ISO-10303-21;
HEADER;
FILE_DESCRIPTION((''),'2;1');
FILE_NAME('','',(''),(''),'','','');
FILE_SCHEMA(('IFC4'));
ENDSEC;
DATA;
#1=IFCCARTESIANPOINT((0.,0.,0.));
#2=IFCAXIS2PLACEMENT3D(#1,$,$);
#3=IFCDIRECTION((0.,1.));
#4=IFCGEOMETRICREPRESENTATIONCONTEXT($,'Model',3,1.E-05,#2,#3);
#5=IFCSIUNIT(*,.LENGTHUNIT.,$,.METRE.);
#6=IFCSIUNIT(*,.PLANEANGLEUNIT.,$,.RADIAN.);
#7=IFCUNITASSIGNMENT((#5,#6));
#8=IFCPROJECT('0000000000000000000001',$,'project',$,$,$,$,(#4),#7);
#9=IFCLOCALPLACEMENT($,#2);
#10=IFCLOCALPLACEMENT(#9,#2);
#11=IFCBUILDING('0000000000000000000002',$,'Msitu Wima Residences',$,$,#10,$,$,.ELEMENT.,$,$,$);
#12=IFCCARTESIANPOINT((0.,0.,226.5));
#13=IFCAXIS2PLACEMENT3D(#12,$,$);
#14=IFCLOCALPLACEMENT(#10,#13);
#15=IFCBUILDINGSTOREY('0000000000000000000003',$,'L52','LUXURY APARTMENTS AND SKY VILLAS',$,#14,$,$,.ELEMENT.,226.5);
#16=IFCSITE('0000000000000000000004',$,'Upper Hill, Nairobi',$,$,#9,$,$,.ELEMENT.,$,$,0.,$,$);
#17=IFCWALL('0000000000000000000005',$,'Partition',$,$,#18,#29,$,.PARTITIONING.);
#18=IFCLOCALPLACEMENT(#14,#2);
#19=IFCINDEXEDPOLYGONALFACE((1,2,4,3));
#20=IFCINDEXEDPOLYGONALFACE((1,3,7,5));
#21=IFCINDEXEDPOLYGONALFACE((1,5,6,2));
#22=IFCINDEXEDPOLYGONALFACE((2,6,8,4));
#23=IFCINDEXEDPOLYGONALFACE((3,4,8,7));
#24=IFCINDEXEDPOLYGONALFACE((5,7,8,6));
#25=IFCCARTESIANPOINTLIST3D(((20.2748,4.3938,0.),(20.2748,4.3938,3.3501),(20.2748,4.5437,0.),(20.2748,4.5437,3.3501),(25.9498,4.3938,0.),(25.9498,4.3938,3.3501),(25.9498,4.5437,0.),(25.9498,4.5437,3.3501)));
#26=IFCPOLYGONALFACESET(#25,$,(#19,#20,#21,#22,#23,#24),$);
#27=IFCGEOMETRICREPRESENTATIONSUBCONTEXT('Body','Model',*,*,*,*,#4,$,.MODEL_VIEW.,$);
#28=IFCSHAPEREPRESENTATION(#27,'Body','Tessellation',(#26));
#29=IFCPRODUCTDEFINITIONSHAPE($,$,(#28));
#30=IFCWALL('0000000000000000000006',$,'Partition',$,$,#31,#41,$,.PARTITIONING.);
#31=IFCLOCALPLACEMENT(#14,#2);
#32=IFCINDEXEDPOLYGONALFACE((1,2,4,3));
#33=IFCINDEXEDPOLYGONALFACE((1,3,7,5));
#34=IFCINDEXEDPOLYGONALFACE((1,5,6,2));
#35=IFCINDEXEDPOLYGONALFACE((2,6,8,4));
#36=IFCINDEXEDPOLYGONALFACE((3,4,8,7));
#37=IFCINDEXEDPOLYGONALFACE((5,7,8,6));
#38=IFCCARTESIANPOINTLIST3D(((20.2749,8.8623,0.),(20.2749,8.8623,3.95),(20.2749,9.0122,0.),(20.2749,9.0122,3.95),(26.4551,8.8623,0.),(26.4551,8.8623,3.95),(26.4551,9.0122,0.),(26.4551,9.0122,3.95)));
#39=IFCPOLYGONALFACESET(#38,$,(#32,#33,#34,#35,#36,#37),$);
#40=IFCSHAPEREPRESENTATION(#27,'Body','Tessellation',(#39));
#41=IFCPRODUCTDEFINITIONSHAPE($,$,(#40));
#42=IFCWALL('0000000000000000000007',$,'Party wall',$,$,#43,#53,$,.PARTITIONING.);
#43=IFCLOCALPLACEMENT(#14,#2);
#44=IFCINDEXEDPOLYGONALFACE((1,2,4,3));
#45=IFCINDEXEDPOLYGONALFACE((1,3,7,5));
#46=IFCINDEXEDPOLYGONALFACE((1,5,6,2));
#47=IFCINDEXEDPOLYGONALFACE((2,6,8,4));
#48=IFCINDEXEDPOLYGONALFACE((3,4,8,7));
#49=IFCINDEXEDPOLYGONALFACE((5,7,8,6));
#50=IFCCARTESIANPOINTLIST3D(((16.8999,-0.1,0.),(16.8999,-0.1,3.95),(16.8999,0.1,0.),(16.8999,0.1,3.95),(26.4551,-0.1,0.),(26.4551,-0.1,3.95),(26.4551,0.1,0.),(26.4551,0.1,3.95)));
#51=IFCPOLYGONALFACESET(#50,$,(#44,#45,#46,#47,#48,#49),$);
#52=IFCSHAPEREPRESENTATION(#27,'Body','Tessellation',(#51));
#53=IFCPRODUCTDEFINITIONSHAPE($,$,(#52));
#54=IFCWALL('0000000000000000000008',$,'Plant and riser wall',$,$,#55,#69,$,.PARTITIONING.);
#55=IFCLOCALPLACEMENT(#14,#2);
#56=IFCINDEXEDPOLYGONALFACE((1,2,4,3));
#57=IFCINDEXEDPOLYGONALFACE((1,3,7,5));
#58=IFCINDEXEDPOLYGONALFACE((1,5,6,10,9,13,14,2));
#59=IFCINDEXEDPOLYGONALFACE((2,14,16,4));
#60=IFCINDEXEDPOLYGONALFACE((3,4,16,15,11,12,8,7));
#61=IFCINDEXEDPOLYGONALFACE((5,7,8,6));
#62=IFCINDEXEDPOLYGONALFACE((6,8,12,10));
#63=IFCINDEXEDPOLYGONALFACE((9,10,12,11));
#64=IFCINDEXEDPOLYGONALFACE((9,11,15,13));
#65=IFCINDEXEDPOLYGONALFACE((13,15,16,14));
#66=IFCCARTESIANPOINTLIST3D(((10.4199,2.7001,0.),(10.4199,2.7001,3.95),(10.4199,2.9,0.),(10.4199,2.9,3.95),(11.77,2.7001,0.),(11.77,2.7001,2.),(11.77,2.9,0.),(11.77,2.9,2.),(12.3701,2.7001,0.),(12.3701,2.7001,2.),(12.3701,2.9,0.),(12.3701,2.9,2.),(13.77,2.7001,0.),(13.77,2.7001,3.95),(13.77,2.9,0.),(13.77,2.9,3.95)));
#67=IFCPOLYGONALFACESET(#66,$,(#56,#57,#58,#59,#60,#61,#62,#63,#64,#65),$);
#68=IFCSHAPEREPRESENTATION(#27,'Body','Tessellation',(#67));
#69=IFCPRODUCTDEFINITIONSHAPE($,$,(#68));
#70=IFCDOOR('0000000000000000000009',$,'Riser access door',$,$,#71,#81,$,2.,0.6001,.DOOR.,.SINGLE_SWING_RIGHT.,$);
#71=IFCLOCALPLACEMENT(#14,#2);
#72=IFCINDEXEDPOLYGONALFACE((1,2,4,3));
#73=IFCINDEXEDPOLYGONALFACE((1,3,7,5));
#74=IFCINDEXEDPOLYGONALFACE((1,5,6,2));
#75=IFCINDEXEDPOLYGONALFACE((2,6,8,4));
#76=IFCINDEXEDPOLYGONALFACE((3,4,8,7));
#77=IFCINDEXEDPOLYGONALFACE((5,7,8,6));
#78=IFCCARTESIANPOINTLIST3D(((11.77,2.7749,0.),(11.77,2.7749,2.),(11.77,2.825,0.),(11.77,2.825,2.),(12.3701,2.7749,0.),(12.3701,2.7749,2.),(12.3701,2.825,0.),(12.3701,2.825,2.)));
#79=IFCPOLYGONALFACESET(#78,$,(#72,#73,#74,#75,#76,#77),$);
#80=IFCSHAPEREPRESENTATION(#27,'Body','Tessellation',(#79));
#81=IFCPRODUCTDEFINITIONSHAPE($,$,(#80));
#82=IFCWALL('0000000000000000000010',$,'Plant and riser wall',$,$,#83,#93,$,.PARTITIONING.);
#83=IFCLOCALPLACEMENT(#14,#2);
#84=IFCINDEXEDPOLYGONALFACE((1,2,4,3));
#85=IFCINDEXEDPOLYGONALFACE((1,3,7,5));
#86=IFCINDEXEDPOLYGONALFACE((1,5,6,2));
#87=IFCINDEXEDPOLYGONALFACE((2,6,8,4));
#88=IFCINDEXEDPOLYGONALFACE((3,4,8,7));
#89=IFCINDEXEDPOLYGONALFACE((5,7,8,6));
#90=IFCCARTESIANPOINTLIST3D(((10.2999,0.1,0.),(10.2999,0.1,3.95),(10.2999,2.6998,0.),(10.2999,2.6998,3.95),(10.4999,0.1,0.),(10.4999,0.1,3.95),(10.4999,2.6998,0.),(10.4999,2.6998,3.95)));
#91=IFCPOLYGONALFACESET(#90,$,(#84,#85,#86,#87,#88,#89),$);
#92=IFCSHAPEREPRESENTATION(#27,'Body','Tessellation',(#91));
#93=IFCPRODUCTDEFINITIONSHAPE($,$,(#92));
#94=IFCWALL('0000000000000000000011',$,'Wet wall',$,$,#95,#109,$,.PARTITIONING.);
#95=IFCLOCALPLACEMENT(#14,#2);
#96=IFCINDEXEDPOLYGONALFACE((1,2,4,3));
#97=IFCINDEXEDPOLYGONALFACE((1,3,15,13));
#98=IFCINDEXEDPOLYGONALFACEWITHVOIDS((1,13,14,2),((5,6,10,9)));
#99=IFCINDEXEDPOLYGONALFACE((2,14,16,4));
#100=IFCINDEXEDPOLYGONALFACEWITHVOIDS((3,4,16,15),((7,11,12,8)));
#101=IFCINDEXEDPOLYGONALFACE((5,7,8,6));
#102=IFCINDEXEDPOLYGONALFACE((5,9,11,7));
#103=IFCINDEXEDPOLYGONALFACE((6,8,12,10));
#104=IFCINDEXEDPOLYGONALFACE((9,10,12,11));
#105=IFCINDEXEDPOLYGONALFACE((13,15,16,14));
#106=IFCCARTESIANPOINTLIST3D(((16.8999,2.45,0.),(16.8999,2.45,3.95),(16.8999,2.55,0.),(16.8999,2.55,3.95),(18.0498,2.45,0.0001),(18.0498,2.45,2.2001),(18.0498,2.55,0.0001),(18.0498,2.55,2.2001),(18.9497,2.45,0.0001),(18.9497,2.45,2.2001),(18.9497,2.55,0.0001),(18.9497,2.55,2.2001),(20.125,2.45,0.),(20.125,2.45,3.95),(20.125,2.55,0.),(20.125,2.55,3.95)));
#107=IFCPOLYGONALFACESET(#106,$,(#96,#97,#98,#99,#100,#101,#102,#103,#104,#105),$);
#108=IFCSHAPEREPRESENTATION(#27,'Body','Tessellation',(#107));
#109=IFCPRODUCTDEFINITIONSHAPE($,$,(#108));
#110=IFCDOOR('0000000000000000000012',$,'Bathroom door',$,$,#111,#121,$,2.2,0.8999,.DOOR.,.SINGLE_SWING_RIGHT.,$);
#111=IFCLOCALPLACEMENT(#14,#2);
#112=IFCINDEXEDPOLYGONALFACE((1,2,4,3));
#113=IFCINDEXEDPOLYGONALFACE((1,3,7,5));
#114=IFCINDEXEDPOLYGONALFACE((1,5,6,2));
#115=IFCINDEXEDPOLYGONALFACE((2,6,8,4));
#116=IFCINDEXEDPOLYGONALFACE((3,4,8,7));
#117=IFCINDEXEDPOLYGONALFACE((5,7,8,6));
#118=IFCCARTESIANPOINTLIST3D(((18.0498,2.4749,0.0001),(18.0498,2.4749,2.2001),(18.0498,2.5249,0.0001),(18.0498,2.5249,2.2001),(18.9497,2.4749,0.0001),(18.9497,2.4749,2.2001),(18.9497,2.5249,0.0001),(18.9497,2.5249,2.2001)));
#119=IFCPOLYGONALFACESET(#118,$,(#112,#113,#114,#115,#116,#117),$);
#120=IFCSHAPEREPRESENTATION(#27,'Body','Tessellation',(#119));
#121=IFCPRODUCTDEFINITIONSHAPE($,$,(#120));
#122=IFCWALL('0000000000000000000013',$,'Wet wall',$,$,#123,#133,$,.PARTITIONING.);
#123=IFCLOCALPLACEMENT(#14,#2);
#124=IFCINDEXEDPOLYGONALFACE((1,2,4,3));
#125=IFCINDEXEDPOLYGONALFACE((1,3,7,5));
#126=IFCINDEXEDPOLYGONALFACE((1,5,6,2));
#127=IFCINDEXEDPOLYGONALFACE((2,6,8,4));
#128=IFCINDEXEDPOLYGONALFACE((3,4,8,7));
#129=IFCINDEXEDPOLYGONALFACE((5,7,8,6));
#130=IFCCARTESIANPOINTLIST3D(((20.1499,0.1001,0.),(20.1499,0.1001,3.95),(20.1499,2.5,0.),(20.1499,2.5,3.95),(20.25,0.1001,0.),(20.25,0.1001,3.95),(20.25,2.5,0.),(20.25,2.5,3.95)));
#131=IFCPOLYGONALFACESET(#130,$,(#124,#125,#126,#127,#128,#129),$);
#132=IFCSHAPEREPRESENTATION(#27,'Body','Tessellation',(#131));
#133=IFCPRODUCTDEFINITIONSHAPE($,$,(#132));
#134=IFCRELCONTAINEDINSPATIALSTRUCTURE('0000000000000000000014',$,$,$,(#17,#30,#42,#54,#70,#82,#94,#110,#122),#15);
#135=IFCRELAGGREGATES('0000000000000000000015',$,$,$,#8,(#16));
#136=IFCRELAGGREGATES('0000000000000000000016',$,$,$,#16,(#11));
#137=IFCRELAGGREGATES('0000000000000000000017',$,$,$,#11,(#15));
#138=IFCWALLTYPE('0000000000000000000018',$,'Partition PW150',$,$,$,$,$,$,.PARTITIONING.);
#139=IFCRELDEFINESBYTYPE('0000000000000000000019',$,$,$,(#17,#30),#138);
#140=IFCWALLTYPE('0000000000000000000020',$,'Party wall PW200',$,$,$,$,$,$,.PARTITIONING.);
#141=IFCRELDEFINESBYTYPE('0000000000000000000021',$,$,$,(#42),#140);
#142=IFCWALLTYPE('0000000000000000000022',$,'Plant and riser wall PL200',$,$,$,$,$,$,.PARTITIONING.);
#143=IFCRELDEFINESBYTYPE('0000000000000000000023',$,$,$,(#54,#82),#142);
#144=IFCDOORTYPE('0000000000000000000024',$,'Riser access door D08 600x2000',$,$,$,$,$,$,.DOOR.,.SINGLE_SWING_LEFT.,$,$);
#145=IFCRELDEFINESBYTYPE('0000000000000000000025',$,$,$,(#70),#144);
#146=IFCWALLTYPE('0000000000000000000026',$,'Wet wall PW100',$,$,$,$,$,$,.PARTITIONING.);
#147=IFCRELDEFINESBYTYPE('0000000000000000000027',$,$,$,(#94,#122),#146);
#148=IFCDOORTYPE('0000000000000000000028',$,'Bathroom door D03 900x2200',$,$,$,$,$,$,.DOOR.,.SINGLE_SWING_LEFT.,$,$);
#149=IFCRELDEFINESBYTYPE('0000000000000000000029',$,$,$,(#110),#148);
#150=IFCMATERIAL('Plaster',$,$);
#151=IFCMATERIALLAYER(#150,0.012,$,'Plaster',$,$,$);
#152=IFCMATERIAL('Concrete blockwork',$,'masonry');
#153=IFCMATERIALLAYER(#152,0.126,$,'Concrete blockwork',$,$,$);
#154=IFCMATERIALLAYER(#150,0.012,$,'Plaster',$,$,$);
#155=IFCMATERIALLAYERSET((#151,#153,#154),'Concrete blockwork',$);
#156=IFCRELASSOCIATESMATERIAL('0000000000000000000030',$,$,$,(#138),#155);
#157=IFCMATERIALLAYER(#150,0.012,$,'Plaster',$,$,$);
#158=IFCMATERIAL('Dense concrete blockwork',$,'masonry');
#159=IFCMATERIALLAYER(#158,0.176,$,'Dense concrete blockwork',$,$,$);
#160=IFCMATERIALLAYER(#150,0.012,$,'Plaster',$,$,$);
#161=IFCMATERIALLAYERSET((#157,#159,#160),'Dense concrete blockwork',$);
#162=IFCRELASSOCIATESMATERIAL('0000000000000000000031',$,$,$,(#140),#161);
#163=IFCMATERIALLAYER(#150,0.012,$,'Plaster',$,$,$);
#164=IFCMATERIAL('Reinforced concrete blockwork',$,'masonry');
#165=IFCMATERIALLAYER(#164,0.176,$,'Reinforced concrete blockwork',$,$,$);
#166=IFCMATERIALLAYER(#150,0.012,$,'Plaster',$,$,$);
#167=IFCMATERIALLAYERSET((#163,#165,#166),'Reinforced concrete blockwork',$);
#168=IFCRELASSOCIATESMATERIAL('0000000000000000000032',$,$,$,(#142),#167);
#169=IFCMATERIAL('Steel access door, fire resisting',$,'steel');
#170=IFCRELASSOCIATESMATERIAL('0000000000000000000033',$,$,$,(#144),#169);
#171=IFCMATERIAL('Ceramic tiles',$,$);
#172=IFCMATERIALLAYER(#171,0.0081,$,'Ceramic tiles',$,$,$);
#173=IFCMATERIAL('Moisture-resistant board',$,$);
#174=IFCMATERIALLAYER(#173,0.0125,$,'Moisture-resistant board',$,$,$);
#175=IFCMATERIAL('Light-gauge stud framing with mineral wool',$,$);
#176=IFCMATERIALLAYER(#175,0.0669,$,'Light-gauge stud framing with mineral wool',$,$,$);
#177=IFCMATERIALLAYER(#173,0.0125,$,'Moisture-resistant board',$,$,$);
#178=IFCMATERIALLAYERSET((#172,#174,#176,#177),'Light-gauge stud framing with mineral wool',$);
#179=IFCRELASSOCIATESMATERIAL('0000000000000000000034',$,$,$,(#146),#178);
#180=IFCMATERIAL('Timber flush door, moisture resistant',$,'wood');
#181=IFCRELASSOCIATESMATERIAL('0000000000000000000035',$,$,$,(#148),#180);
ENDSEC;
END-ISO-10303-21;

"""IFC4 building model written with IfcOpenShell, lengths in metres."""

from ifc_helpers import new_model, si_unit, direction, frame, frame_2d, origin, place, context, subcontext, project, spatial, rectangle, extrude, material, layer, layer_set, type_object, element, fill, save


model = new_model("IFC4")

# Units and contexts
model_context = context("Model", 3, precision=1e-05, world=origin(), true_north=direction((0.0, 1.0)))
body_context = subcontext(model_context, "Body", "Model", "MODEL_VIEW")
ifc_project = project(units=[si_unit("LENGTHUNIT", "METRE"), si_unit("PLANEANGLEUNIT", "RADIAN")], contexts=[model_context])

# Site, building, storey
site_placement = place(None, origin())
site = spatial("IfcSite", under=ifc_project, at=site_placement, Name="Upper Hill, Nairobi", CompositionType="ELEMENT", RefElevation=0.0)
building_placement = place(site_placement, origin())
building = spatial("IfcBuilding", under=site, at=building_placement, Name="Msitu Wima Residences", CompositionType="ELEMENT")
storey_placement = place(building_placement, frame((0.0, 0.0, 226.5)))
storey = spatial("IfcBuildingStorey", under=building, at=storey_placement, Name="L52", Description="LUXURY APARTMENTS AND SKY VILLAS", CompositionType="ELEMENT", Elevation=226.5)

# Shared definitions
ifc_material_1 = material(Name="Plaster")
ifc_layer_1 = layer(ifc_material_1, 0.012, Name="Plaster")
ifc_material_2 = material(Name="Concrete blockwork", Category="masonry")
ifc_layer_2 = layer(ifc_material_2, 0.126, Name="Concrete blockwork")
ifc_layer_3 = layer(ifc_material_1, 0.012, Name="Plaster")
ifc_layer_set_1 = layer_set([ifc_layer_1, ifc_layer_2, ifc_layer_3], Name="Concrete blockwork")
wall_type_1 = type_object("IfcWallType", Name="Partition PW150", PredefinedType="PARTITIONING", material=ifc_layer_set_1)

# Walls
wall_1_placement = place(storey_placement, frame((20.2749, 4.4688, 0.0), z_axis=(0.0, 0.0, 1.0), x_axis=(1.0, 0.0, 0.0)))
element("IfcWall", 1, at=wall_1_placement, inside=storey, type_object=wall_type_1, Name="Partition", PredefinedType="PARTITIONING", context=body_context, shape_type="SweptSolid", body=[
    extrude(rectangle(XDim=5.675, YDim=0.1499, at=frame_2d((2.8374, 0.0))), origin(), (0.0, 0.0, 1.0), 3.3501),
])
wall_2_placement = place(storey_placement, frame((20.2749, 8.9373, 0.0), z_axis=(0.0, 0.0, 1.0), x_axis=(1.0, 0.0, 0.0)))
element("IfcWall", 2, at=wall_2_placement, inside=storey, type_object=wall_type_1, Name="Partition", PredefinedType="PARTITIONING", context=body_context, shape_type="SweptSolid", body=[
    extrude(rectangle(XDim=6.1802, YDim=0.1499, at=frame_2d((3.0901, 0.0))), origin(), (0.0, 0.0, 1.0), 3.95),
])
ifc_layer_4 = layer(ifc_material_1, 0.012, Name="Plaster")
ifc_material_3 = material(Name="Dense concrete blockwork", Category="masonry")
ifc_layer_5 = layer(ifc_material_3, 0.176, Name="Dense concrete blockwork")
ifc_layer_6 = layer(ifc_material_1, 0.012, Name="Plaster")
ifc_layer_set_2 = layer_set([ifc_layer_4, ifc_layer_5, ifc_layer_6], Name="Dense concrete blockwork")
wall_type_2 = type_object("IfcWallType", Name="Party wall PW200", PredefinedType="PARTITIONING", material=ifc_layer_set_2)
wall_3_placement = place(storey_placement, frame((16.8999, 0.0, 0.0), z_axis=(0.0, 0.0, 1.0), x_axis=(1.0, 0.0, 0.0)))
element("IfcWall", 3, at=wall_3_placement, inside=storey, type_object=wall_type_2, Name="Party wall", PredefinedType="PARTITIONING", context=body_context, shape_type="SweptSolid", body=[
    extrude(rectangle(XDim=9.5552, YDim=0.2, at=frame_2d((4.7776, 0.0))), origin(), (0.0, 0.0, 1.0), 3.95),
])

# Wall, opening, door
ifc_layer_7 = layer(ifc_material_1, 0.012, Name="Plaster")
ifc_material_4 = material(Name="Reinforced concrete blockwork", Category="masonry")
ifc_layer_8 = layer(ifc_material_4, 0.176, Name="Reinforced concrete blockwork")
ifc_layer_9 = layer(ifc_material_1, 0.012, Name="Plaster")
ifc_layer_set_3 = layer_set([ifc_layer_7, ifc_layer_8, ifc_layer_9], Name="Reinforced concrete blockwork")
wall_type_3 = type_object("IfcWallType", Name="Plant and riser wall PL200", PredefinedType="PARTITIONING", material=ifc_layer_set_3)
wall_4_placement = place(storey_placement, frame((10.4199, 2.8, 0.0), z_axis=(0.0, 0.0, 1.0), x_axis=(1.0, 0.0, 0.0)))
wall_4 = element("IfcWall", 4, at=wall_4_placement, inside=storey, type_object=wall_type_3, Name="Plant and riser wall", PredefinedType="PARTITIONING", context=body_context, shape_type="SweptSolid", body=[
    extrude(rectangle(XDim=3.3501, YDim=0.2, at=frame_2d((1.675, 0.0))), origin(), (0.0, 0.0, 1.0), 3.95),
])
opening_1_placement = place(wall_4_placement, frame((1.3501, 0.0, 0.0)))
opening_1 = element("IfcOpeningElement", 5, at=opening_1_placement, cuts=wall_4, PredefinedType="OPENING", context=body_context, shape_type="SweptSolid", body=[
    extrude(rectangle(XDim=0.6001, YDim=2.0, at=frame_2d((0.3, 1.0))), frame((0.0, 0.1099, 0.0), z_axis=(0.0, -1.0, 0.0), x_axis=(1.0, 0.0, 0.0)), (0.0, 0.0, 1.0), 0.22),
])
ifc_material_5 = material(Name="Steel access door, fire resisting", Category="steel")
door_type_1 = type_object("IfcDoorType", Name="Riser access door D08 600x2000", OperationType="SINGLE_SWING_LEFT", PredefinedType="DOOR", material=ifc_material_5)
door_1_placement = place(opening_1_placement, origin())
door_1 = element("IfcDoor", 6, at=door_1_placement, inside=storey, type_object=door_type_1, Name="Riser access door", OperationType="SINGLE_SWING_RIGHT", OverallHeight=2.0, OverallWidth=0.6001, PredefinedType="DOOR", context=body_context, shape_type="SweptSolid", body=[
    extrude(rectangle(XDim=0.6001, YDim=2.0, at=frame_2d((0.3, 1.0))), frame((0.0, 0.0249, 0.0), z_axis=(0.0, -1.0, 0.0), x_axis=(1.0, 0.0, 0.0)), (0.0, 0.0, 1.0), 0.05),
])
fill(opening_1, door_1)

# Wall
wall_5_placement = place(storey_placement, frame((10.3999, 0.1001, 0.0), z_axis=(0.0, 0.0, 1.0), x_axis=(0.0, 1.0, 0.0)))
element("IfcWall", 7, at=wall_5_placement, inside=storey, type_object=wall_type_3, Name="Plant and riser wall", PredefinedType="PARTITIONING", context=body_context, shape_type="SweptSolid", body=[
    extrude(rectangle(XDim=2.5999, YDim=0.2, at=frame_2d((1.2998, 0.0))), origin(), (0.0, 0.0, 1.0), 3.95),
])

# Wall, opening, door
ifc_material_6 = material(Name="Ceramic tiles")
ifc_layer_10 = layer(ifc_material_6, 0.0081, Name="Ceramic tiles")
ifc_material_7 = material(Name="Moisture-resistant board")
ifc_layer_11 = layer(ifc_material_7, 0.0125, Name="Moisture-resistant board")
ifc_material_8 = material(Name="Light-gauge stud framing with mineral wool")
ifc_layer_12 = layer(ifc_material_8, 0.0669, Name="Light-gauge stud framing with mineral wool")
ifc_layer_13 = layer(ifc_material_7, 0.0125, Name="Moisture-resistant board")
ifc_layer_set_4 = layer_set([ifc_layer_10, ifc_layer_11, ifc_layer_12, ifc_layer_13], Name="Light-gauge stud framing with mineral wool")
wall_type_4 = type_object("IfcWallType", Name="Wet wall PW100", PredefinedType="PARTITIONING", material=ifc_layer_set_4)
wall_6_placement = place(storey_placement, frame((16.8999, 2.5, 0.0), z_axis=(0.0, 0.0, 1.0), x_axis=(1.0, 0.0, 0.0)))
wall_6 = element("IfcWall", 8, at=wall_6_placement, inside=storey, type_object=wall_type_4, Name="Wet wall", PredefinedType="PARTITIONING", context=body_context, shape_type="SweptSolid", body=[
    extrude(rectangle(XDim=3.2251, YDim=0.1001, at=frame_2d((1.6125, 0.0))), origin(), (0.0, 0.0, 1.0), 3.95),
])
opening_2_placement = place(wall_6_placement, frame((1.1499, 0.0, 0.0)))
opening_2 = element("IfcOpeningElement", 9, at=opening_2_placement, cuts=wall_6, PredefinedType="OPENING", context=body_context, shape_type="SweptSolid", body=[
    extrude(rectangle(XDim=0.8999, YDim=2.2, at=frame_2d((0.45, 1.1001))), frame((0.0, 0.0601, 0.0), z_axis=(0.0, -1.0, 0.0), x_axis=(1.0, 0.0, 0.0)), (0.0, 0.0, 1.0), 0.1201),
])
ifc_material_9 = material(Name="Timber flush door, moisture resistant", Category="wood")
door_type_2 = type_object("IfcDoorType", Name="Bathroom door D03 900x2200", OperationType="SINGLE_SWING_LEFT", PredefinedType="DOOR", material=ifc_material_9)
door_2_placement = place(opening_2_placement, origin())
door_2 = element("IfcDoor", 10, at=door_2_placement, inside=storey, type_object=door_type_2, Name="Bathroom door", OperationType="SINGLE_SWING_RIGHT", OverallHeight=2.2, OverallWidth=0.8999, PredefinedType="DOOR", context=body_context, shape_type="SweptSolid", body=[
    extrude(rectangle(XDim=0.8999, YDim=2.2, at=frame_2d((0.45, 1.1001))), frame((0.0, 0.0249, 0.0), z_axis=(0.0, -1.0, 0.0), x_axis=(1.0, 0.0, 0.0)), (0.0, 0.0, 1.0), 0.05),
])
fill(opening_2, door_2)

# Wall
wall_7_placement = place(storey_placement, frame((20.2, 0.1001, 0.0), z_axis=(0.0, 0.0, 1.0), x_axis=(0.0, 1.0, 0.0)))
element("IfcWall", 11, at=wall_7_placement, inside=storey, type_object=wall_type_4, Name="Wet wall", PredefinedType="PARTITIONING", context=body_context, shape_type="SweptSolid", body=[
    extrude(rectangle(XDim=2.3999, YDim=0.1001, at=frame_2d((1.2, 0.0))), origin(), (0.0, 0.0, 1.0), 3.95),
])

save(model, "model.ifc")
